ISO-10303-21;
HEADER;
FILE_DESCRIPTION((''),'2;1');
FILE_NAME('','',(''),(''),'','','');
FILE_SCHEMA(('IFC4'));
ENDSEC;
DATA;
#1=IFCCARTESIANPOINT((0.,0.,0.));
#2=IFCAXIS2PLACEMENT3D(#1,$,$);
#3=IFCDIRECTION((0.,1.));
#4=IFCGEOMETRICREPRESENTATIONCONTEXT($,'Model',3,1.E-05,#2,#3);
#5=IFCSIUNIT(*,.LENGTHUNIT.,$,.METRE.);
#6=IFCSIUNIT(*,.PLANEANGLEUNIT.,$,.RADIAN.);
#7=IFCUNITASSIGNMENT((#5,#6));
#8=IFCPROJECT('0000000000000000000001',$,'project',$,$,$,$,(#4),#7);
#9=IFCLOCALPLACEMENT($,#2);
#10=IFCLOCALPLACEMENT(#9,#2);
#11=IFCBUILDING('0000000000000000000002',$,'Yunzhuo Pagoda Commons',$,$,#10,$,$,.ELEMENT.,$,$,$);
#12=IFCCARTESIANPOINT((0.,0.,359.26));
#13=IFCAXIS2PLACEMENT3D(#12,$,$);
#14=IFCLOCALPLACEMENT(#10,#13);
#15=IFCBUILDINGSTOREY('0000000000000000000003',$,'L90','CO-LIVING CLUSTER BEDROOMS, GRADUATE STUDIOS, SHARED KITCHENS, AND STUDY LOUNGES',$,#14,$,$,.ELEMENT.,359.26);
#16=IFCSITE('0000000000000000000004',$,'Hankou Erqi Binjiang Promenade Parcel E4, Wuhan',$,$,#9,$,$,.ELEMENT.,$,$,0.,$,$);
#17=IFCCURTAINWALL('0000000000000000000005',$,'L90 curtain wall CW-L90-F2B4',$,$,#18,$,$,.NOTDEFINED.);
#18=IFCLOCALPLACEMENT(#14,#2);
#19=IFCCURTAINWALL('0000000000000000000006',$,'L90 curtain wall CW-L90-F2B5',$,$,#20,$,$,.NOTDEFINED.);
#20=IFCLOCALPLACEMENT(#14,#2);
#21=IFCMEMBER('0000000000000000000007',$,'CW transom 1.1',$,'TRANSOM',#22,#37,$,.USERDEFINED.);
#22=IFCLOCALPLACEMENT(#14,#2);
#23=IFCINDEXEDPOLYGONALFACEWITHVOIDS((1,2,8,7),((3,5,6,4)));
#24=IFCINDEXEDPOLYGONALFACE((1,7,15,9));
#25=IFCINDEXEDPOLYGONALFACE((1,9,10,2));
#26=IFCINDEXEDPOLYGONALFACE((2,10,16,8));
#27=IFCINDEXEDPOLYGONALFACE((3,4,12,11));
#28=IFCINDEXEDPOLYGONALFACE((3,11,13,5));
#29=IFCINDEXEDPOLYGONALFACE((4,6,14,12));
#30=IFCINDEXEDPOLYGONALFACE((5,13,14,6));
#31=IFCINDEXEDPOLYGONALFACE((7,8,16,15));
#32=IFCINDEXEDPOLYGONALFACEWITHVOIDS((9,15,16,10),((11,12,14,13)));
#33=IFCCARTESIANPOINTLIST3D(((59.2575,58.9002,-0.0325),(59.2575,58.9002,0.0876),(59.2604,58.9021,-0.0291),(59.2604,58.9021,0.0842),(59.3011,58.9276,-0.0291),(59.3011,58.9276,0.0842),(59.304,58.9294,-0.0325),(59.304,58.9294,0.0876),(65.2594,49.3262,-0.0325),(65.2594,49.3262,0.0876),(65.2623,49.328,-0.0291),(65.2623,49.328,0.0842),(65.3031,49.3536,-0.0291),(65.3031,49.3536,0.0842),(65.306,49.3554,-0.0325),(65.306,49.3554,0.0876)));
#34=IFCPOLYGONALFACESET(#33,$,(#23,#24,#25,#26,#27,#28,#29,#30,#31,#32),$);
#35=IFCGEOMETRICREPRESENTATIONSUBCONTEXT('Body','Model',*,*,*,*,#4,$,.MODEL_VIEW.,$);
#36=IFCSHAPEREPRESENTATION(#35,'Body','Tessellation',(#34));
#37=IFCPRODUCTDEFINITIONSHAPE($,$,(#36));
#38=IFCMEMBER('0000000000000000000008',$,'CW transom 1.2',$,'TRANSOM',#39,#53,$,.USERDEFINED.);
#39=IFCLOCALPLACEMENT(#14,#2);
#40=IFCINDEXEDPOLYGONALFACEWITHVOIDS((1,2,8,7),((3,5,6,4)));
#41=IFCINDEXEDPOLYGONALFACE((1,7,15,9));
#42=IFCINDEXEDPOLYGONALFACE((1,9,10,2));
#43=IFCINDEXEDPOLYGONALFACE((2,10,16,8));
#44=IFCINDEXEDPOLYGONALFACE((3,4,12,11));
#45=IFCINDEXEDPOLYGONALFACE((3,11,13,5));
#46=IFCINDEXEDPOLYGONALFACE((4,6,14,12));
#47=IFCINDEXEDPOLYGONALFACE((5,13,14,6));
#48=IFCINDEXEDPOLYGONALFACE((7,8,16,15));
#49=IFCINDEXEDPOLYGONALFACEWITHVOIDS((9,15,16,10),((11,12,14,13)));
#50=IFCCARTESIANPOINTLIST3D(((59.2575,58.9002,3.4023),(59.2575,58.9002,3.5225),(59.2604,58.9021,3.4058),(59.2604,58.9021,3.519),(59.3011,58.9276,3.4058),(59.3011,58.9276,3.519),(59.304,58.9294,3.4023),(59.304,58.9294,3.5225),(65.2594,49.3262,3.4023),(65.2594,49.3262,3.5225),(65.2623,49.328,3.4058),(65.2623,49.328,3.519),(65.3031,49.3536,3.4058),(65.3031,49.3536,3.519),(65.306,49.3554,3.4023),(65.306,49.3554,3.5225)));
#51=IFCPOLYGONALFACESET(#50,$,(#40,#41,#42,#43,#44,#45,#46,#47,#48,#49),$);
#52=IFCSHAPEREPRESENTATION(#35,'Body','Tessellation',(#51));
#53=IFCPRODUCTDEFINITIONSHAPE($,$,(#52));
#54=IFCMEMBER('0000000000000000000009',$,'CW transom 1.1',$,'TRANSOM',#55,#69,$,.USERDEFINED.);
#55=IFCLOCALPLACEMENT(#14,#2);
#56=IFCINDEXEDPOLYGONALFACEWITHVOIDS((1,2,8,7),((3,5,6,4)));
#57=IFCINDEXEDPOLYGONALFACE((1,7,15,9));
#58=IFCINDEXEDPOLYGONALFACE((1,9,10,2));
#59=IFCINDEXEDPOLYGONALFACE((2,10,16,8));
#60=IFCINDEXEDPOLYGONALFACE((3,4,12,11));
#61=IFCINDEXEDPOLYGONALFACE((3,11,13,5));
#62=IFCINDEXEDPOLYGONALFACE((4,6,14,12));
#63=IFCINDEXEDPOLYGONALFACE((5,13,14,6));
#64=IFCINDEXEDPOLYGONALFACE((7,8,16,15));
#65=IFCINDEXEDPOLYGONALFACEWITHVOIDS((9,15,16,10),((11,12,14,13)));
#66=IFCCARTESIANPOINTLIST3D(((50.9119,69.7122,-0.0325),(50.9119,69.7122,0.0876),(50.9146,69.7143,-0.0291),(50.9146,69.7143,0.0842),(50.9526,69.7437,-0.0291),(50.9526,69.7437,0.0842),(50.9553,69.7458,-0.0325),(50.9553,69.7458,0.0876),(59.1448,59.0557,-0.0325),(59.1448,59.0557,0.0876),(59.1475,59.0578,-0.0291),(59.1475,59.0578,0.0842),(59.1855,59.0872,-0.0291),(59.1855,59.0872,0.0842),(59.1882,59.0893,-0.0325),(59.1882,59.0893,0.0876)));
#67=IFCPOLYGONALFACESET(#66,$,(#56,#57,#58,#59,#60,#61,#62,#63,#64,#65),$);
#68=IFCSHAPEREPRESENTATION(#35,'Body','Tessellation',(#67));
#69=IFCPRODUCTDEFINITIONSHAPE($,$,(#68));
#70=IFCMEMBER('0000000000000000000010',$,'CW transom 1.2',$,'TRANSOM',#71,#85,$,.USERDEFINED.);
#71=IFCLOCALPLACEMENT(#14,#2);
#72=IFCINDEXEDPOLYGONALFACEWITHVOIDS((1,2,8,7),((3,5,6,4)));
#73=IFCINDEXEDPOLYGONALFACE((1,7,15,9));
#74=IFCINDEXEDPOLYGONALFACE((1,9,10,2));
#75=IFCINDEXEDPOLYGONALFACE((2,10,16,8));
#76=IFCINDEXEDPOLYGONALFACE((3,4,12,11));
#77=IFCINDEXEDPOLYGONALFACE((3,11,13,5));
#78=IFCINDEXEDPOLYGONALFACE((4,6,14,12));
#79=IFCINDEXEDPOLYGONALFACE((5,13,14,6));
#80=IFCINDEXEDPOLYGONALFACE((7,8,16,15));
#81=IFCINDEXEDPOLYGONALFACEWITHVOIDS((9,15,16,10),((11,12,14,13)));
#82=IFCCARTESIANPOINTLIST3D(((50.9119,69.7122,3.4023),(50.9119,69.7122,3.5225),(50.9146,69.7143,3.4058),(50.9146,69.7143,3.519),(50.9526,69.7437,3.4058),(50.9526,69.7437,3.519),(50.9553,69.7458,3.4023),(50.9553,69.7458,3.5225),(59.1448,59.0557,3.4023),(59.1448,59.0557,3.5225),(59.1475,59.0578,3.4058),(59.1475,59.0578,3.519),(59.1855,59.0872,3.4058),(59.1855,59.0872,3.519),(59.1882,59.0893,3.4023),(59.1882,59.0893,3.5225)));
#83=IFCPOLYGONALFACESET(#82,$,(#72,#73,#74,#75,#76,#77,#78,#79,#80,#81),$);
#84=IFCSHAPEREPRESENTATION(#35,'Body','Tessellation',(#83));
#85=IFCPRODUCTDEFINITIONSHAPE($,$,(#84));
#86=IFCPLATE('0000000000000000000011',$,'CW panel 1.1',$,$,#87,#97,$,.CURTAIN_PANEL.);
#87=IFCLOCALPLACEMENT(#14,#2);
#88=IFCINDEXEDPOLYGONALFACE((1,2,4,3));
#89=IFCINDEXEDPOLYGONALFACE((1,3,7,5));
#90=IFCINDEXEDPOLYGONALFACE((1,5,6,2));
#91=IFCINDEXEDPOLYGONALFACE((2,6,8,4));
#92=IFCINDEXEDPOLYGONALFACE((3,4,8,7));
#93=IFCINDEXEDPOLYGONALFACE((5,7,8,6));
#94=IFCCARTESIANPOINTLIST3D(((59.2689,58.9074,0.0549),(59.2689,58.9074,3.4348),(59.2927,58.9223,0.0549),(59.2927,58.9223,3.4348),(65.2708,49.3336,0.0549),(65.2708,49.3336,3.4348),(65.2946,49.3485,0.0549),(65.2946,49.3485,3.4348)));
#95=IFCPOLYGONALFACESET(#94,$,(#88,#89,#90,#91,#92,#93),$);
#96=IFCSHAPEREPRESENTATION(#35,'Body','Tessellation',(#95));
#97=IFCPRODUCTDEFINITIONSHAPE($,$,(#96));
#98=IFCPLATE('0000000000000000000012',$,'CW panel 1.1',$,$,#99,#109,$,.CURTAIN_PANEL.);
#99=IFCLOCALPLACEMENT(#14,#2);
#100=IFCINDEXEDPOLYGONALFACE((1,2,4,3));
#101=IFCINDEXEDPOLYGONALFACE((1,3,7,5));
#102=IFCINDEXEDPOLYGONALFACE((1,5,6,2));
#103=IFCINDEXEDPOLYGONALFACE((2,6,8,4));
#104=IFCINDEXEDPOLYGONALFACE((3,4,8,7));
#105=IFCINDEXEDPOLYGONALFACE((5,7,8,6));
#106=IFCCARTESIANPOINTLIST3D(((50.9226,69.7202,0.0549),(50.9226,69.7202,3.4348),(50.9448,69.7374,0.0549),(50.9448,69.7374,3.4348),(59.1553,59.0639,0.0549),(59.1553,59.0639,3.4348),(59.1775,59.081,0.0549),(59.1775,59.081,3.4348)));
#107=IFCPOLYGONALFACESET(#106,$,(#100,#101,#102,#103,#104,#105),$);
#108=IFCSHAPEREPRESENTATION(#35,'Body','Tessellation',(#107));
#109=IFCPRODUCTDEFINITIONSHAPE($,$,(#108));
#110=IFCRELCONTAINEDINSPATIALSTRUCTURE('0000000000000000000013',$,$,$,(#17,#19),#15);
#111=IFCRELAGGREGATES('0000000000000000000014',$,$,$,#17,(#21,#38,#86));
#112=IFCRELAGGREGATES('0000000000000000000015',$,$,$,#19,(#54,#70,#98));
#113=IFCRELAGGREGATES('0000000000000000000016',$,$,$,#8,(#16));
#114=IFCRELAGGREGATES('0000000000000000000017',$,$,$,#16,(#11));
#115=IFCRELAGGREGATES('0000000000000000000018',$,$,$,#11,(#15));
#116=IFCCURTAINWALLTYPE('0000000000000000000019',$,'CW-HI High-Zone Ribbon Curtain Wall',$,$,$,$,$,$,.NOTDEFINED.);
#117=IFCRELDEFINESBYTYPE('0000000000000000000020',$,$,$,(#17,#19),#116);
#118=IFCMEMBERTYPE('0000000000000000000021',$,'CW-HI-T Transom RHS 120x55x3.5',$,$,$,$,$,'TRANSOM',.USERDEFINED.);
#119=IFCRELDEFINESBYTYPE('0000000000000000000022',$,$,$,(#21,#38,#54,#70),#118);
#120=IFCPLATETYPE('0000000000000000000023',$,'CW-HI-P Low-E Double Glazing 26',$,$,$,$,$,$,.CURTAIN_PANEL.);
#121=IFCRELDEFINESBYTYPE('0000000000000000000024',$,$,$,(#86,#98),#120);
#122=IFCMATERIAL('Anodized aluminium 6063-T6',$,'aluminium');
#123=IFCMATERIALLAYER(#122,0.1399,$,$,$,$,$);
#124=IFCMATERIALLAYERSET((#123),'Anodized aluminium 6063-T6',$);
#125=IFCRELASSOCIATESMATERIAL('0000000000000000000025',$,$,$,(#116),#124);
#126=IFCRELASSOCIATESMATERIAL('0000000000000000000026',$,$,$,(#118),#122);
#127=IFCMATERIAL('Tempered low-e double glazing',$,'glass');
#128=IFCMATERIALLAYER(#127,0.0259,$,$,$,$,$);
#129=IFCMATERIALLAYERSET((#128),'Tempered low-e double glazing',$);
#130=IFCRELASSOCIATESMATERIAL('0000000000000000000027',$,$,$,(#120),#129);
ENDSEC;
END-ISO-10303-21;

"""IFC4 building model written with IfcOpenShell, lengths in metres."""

from ifc_helpers import new_model, si_unit, direction, frame, origin, origin_2d, place, context, subcontext, project, spatial, rectangle, hollow_rectangle, extrude, source, transform, mapped, material, layer, layer_set, material_profile, profile_set, type_object, element, aggregate, save


model = new_model("IFC4")

# Units and contexts
model_context = context("Model", 3, precision=1e-05, world=origin(), true_north=direction((0.0, 1.0)))
body_context = subcontext(model_context, "Body", "Model", "MODEL_VIEW")
ifc_project = project(units=[si_unit("LENGTHUNIT", "METRE"), si_unit("PLANEANGLEUNIT", "RADIAN")], contexts=[model_context])

# Site, building, storey
site_placement = place(None, origin())
site = spatial("IfcSite", under=ifc_project, at=site_placement, Name="Hankou Erqi Binjiang Promenade Parcel E4, Wuhan", CompositionType="ELEMENT", RefElevation=0.0)
building_placement = place(site_placement, origin())
building = spatial("IfcBuilding", under=site, at=building_placement, Name="Yunzhuo Pagoda Commons", CompositionType="ELEMENT")
storey_placement = place(building_placement, frame((0.0, 0.0, 359.26)))
storey = spatial("IfcBuildingStorey", under=building, at=storey_placement, Name="L90", Description="CO-LIVING CLUSTER BEDROOMS, GRADUATE STUDIOS, SHARED KITCHENS, AND STUDY LOUNGES", CompositionType="ELEMENT", Elevation=359.26)

# Curtain walls
ifc_material_1 = material(Name="Anodized aluminium 6063-T6", Category="aluminium")
ifc_layer_1 = layer(ifc_material_1, 0.1399)
ifc_layer_set_1 = layer_set([ifc_layer_1], Name="Anodized aluminium 6063-T6")
curtain_wall_type = type_object("IfcCurtainWallType", Name="CW-HI High-Zone Ribbon Curtain Wall", PredefinedType="NOTDEFINED", material=ifc_layer_set_1)
curtain_wall_1_placement = place(storey_placement, origin())
curtain_wall_1 = element("IfcCurtainWall", 1, at=curtain_wall_1_placement, inside=storey, type_object=curtain_wall_type, Name="L90 curtain wall CW-L90-F2B4", PredefinedType="NOTDEFINED")
curtain_wall_2_placement = place(storey_placement, origin())
curtain_wall_2 = element("IfcCurtainWall", 2, at=curtain_wall_2_placement, inside=storey, type_object=curtain_wall_type, Name="L90 curtain wall CW-L90-F2B5", PredefinedType="NOTDEFINED")

# Members
ifc_material_profile_1 = material_profile(ifc_material_1, hollow_rectangle(XDim=0.0549, YDim=0.1201, WallThickness=0.0034, at=origin_2d()), Name="Anodized aluminium 6063-T6")
ifc_profile_set_1 = profile_set([ifc_material_profile_1], Name="Anodized aluminium 6063-T6")
member_type_1 = type_object("IfcMemberType", Name="CW-HI-T Transom RHS 120x55x3.5", ElementType="TRANSOM", PredefinedType="USERDEFINED", material=ifc_profile_set_1)
shared_shape_1 = source(origin(), body_context, "Body", "SweptSolid", [
    extrude(hollow_rectangle(XDim=0.0549, YDim=0.1201, WallThickness=0.0034, at=origin_2d()), origin(), (0.0, 0.0, 1.0), 11.2998),
])
member_1_placement = place(storey_placement, frame((65.2827, 49.3408, 0.0276), z_axis=(-0.531158, 0.847273, 0.0), x_axis=(-0.847273, -0.531158, 0.0)))
member_1 = element("IfcMember", 3, at=member_1_placement, type_object=member_type_1, Name="CW transom 1.1", ObjectType="TRANSOM", PredefinedType="USERDEFINED", context=body_context, shape_type="MappedRepresentation", body=[
    mapped(shared_shape_1, transform((0.0, 0.0, 0.0), scale=1.0)),
])
member_2_placement = place(storey_placement, frame((65.2827, 49.3408, 3.4624), z_axis=(-0.531158, 0.847273, 0.0), x_axis=(-0.847273, -0.531158, 0.0)))
member_2 = element("IfcMember", 4, at=member_2_placement, type_object=member_type_1, Name="CW transom 1.2", ObjectType="TRANSOM", PredefinedType="USERDEFINED", context=body_context, shape_type="MappedRepresentation", body=[
    mapped(shared_shape_1, transform((0.0, 0.0, 0.0), scale=1.0)),
])
shared_shape_2 = source(origin(), body_context, "Body", "SweptSolid", [
    extrude(hollow_rectangle(XDim=0.0549, YDim=0.1201, WallThickness=0.0034, at=origin_2d()), origin(), (0.0, 0.0, 1.0), 13.4663),
])
member_3_placement = place(storey_placement, frame((59.1665, 59.0725, 0.0276), z_axis=(-0.611371, 0.791344, 0.0), x_axis=(-0.791344, -0.611371, 0.0)))
member_3 = element("IfcMember", 5, at=member_3_placement, type_object=member_type_1, Name="CW transom 1.1", ObjectType="TRANSOM", PredefinedType="USERDEFINED", context=body_context, shape_type="MappedRepresentation", body=[
    mapped(shared_shape_2, transform((0.0, 0.0, 0.0), scale=1.0)),
])
member_4_placement = place(storey_placement, frame((59.1665, 59.0725, 3.4624), z_axis=(-0.611371, 0.791344, 0.0), x_axis=(-0.791344, -0.611371, 0.0)))
member_4 = element("IfcMember", 6, at=member_4_placement, type_object=member_type_1, Name="CW transom 1.2", ObjectType="TRANSOM", PredefinedType="USERDEFINED", context=body_context, shape_type="MappedRepresentation", body=[
    mapped(shared_shape_2, transform((0.0, 0.0, 0.0), scale=1.0)),
])

# Plates
ifc_material_2 = material(Name="Tempered low-e double glazing", Category="glass")
ifc_layer_2 = layer(ifc_material_2, 0.0259)
ifc_layer_set_2 = layer_set([ifc_layer_2], Name="Tempered low-e double glazing")
plate_type = type_object("IfcPlateType", Name="CW-HI-P Low-E Double Glazing 26", PredefinedType="CURTAIN_PANEL", material=ifc_layer_set_2)
shared_shape_3 = source(origin(), body_context, "Body", "SweptSolid", [
    extrude(rectangle(XDim=11.2996, YDim=0.0281, at=origin_2d()), origin(), (0.0, 0.0, 1.0), 3.3799),
])
plate_1_placement = place(storey_placement, frame((62.2817, 54.1279, 0.0549), z_axis=(0.0, 0.0, 1.0), x_axis=(-0.531158, 0.847273, 0.0)))
plate_1 = element("IfcPlate", 7, at=plate_1_placement, type_object=plate_type, Name="CW panel 1.1", PredefinedType="CURTAIN_PANEL", context=body_context, shape_type="MappedRepresentation", body=[
    mapped(shared_shape_3, transform((0.0, 0.0, 0.0), scale=1.0)),
])
aggregate(curtain_wall_1, [member_1, member_2, plate_1])
shared_shape_4 = source(origin(), body_context, "Body", "SweptSolid", [
    extrude(rectangle(XDim=13.4661, YDim=0.0281, at=origin_2d()), origin(), (0.0, 0.0, 1.0), 3.3799),
])
plate_2_placement = place(storey_placement, frame((55.05, 64.4006, 0.0549), z_axis=(0.0, 0.0, 1.0), x_axis=(-0.611365, 0.791349, 0.0)))
plate_2 = element("IfcPlate", 8, at=plate_2_placement, type_object=plate_type, Name="CW panel 1.1", PredefinedType="CURTAIN_PANEL", context=body_context, shape_type="MappedRepresentation", body=[
    mapped(shared_shape_4, transform((0.0, 0.0, 0.0), scale=1.0)),
])
aggregate(curtain_wall_2, [member_3, member_4, plate_2])

save(model, "model.ifc")
